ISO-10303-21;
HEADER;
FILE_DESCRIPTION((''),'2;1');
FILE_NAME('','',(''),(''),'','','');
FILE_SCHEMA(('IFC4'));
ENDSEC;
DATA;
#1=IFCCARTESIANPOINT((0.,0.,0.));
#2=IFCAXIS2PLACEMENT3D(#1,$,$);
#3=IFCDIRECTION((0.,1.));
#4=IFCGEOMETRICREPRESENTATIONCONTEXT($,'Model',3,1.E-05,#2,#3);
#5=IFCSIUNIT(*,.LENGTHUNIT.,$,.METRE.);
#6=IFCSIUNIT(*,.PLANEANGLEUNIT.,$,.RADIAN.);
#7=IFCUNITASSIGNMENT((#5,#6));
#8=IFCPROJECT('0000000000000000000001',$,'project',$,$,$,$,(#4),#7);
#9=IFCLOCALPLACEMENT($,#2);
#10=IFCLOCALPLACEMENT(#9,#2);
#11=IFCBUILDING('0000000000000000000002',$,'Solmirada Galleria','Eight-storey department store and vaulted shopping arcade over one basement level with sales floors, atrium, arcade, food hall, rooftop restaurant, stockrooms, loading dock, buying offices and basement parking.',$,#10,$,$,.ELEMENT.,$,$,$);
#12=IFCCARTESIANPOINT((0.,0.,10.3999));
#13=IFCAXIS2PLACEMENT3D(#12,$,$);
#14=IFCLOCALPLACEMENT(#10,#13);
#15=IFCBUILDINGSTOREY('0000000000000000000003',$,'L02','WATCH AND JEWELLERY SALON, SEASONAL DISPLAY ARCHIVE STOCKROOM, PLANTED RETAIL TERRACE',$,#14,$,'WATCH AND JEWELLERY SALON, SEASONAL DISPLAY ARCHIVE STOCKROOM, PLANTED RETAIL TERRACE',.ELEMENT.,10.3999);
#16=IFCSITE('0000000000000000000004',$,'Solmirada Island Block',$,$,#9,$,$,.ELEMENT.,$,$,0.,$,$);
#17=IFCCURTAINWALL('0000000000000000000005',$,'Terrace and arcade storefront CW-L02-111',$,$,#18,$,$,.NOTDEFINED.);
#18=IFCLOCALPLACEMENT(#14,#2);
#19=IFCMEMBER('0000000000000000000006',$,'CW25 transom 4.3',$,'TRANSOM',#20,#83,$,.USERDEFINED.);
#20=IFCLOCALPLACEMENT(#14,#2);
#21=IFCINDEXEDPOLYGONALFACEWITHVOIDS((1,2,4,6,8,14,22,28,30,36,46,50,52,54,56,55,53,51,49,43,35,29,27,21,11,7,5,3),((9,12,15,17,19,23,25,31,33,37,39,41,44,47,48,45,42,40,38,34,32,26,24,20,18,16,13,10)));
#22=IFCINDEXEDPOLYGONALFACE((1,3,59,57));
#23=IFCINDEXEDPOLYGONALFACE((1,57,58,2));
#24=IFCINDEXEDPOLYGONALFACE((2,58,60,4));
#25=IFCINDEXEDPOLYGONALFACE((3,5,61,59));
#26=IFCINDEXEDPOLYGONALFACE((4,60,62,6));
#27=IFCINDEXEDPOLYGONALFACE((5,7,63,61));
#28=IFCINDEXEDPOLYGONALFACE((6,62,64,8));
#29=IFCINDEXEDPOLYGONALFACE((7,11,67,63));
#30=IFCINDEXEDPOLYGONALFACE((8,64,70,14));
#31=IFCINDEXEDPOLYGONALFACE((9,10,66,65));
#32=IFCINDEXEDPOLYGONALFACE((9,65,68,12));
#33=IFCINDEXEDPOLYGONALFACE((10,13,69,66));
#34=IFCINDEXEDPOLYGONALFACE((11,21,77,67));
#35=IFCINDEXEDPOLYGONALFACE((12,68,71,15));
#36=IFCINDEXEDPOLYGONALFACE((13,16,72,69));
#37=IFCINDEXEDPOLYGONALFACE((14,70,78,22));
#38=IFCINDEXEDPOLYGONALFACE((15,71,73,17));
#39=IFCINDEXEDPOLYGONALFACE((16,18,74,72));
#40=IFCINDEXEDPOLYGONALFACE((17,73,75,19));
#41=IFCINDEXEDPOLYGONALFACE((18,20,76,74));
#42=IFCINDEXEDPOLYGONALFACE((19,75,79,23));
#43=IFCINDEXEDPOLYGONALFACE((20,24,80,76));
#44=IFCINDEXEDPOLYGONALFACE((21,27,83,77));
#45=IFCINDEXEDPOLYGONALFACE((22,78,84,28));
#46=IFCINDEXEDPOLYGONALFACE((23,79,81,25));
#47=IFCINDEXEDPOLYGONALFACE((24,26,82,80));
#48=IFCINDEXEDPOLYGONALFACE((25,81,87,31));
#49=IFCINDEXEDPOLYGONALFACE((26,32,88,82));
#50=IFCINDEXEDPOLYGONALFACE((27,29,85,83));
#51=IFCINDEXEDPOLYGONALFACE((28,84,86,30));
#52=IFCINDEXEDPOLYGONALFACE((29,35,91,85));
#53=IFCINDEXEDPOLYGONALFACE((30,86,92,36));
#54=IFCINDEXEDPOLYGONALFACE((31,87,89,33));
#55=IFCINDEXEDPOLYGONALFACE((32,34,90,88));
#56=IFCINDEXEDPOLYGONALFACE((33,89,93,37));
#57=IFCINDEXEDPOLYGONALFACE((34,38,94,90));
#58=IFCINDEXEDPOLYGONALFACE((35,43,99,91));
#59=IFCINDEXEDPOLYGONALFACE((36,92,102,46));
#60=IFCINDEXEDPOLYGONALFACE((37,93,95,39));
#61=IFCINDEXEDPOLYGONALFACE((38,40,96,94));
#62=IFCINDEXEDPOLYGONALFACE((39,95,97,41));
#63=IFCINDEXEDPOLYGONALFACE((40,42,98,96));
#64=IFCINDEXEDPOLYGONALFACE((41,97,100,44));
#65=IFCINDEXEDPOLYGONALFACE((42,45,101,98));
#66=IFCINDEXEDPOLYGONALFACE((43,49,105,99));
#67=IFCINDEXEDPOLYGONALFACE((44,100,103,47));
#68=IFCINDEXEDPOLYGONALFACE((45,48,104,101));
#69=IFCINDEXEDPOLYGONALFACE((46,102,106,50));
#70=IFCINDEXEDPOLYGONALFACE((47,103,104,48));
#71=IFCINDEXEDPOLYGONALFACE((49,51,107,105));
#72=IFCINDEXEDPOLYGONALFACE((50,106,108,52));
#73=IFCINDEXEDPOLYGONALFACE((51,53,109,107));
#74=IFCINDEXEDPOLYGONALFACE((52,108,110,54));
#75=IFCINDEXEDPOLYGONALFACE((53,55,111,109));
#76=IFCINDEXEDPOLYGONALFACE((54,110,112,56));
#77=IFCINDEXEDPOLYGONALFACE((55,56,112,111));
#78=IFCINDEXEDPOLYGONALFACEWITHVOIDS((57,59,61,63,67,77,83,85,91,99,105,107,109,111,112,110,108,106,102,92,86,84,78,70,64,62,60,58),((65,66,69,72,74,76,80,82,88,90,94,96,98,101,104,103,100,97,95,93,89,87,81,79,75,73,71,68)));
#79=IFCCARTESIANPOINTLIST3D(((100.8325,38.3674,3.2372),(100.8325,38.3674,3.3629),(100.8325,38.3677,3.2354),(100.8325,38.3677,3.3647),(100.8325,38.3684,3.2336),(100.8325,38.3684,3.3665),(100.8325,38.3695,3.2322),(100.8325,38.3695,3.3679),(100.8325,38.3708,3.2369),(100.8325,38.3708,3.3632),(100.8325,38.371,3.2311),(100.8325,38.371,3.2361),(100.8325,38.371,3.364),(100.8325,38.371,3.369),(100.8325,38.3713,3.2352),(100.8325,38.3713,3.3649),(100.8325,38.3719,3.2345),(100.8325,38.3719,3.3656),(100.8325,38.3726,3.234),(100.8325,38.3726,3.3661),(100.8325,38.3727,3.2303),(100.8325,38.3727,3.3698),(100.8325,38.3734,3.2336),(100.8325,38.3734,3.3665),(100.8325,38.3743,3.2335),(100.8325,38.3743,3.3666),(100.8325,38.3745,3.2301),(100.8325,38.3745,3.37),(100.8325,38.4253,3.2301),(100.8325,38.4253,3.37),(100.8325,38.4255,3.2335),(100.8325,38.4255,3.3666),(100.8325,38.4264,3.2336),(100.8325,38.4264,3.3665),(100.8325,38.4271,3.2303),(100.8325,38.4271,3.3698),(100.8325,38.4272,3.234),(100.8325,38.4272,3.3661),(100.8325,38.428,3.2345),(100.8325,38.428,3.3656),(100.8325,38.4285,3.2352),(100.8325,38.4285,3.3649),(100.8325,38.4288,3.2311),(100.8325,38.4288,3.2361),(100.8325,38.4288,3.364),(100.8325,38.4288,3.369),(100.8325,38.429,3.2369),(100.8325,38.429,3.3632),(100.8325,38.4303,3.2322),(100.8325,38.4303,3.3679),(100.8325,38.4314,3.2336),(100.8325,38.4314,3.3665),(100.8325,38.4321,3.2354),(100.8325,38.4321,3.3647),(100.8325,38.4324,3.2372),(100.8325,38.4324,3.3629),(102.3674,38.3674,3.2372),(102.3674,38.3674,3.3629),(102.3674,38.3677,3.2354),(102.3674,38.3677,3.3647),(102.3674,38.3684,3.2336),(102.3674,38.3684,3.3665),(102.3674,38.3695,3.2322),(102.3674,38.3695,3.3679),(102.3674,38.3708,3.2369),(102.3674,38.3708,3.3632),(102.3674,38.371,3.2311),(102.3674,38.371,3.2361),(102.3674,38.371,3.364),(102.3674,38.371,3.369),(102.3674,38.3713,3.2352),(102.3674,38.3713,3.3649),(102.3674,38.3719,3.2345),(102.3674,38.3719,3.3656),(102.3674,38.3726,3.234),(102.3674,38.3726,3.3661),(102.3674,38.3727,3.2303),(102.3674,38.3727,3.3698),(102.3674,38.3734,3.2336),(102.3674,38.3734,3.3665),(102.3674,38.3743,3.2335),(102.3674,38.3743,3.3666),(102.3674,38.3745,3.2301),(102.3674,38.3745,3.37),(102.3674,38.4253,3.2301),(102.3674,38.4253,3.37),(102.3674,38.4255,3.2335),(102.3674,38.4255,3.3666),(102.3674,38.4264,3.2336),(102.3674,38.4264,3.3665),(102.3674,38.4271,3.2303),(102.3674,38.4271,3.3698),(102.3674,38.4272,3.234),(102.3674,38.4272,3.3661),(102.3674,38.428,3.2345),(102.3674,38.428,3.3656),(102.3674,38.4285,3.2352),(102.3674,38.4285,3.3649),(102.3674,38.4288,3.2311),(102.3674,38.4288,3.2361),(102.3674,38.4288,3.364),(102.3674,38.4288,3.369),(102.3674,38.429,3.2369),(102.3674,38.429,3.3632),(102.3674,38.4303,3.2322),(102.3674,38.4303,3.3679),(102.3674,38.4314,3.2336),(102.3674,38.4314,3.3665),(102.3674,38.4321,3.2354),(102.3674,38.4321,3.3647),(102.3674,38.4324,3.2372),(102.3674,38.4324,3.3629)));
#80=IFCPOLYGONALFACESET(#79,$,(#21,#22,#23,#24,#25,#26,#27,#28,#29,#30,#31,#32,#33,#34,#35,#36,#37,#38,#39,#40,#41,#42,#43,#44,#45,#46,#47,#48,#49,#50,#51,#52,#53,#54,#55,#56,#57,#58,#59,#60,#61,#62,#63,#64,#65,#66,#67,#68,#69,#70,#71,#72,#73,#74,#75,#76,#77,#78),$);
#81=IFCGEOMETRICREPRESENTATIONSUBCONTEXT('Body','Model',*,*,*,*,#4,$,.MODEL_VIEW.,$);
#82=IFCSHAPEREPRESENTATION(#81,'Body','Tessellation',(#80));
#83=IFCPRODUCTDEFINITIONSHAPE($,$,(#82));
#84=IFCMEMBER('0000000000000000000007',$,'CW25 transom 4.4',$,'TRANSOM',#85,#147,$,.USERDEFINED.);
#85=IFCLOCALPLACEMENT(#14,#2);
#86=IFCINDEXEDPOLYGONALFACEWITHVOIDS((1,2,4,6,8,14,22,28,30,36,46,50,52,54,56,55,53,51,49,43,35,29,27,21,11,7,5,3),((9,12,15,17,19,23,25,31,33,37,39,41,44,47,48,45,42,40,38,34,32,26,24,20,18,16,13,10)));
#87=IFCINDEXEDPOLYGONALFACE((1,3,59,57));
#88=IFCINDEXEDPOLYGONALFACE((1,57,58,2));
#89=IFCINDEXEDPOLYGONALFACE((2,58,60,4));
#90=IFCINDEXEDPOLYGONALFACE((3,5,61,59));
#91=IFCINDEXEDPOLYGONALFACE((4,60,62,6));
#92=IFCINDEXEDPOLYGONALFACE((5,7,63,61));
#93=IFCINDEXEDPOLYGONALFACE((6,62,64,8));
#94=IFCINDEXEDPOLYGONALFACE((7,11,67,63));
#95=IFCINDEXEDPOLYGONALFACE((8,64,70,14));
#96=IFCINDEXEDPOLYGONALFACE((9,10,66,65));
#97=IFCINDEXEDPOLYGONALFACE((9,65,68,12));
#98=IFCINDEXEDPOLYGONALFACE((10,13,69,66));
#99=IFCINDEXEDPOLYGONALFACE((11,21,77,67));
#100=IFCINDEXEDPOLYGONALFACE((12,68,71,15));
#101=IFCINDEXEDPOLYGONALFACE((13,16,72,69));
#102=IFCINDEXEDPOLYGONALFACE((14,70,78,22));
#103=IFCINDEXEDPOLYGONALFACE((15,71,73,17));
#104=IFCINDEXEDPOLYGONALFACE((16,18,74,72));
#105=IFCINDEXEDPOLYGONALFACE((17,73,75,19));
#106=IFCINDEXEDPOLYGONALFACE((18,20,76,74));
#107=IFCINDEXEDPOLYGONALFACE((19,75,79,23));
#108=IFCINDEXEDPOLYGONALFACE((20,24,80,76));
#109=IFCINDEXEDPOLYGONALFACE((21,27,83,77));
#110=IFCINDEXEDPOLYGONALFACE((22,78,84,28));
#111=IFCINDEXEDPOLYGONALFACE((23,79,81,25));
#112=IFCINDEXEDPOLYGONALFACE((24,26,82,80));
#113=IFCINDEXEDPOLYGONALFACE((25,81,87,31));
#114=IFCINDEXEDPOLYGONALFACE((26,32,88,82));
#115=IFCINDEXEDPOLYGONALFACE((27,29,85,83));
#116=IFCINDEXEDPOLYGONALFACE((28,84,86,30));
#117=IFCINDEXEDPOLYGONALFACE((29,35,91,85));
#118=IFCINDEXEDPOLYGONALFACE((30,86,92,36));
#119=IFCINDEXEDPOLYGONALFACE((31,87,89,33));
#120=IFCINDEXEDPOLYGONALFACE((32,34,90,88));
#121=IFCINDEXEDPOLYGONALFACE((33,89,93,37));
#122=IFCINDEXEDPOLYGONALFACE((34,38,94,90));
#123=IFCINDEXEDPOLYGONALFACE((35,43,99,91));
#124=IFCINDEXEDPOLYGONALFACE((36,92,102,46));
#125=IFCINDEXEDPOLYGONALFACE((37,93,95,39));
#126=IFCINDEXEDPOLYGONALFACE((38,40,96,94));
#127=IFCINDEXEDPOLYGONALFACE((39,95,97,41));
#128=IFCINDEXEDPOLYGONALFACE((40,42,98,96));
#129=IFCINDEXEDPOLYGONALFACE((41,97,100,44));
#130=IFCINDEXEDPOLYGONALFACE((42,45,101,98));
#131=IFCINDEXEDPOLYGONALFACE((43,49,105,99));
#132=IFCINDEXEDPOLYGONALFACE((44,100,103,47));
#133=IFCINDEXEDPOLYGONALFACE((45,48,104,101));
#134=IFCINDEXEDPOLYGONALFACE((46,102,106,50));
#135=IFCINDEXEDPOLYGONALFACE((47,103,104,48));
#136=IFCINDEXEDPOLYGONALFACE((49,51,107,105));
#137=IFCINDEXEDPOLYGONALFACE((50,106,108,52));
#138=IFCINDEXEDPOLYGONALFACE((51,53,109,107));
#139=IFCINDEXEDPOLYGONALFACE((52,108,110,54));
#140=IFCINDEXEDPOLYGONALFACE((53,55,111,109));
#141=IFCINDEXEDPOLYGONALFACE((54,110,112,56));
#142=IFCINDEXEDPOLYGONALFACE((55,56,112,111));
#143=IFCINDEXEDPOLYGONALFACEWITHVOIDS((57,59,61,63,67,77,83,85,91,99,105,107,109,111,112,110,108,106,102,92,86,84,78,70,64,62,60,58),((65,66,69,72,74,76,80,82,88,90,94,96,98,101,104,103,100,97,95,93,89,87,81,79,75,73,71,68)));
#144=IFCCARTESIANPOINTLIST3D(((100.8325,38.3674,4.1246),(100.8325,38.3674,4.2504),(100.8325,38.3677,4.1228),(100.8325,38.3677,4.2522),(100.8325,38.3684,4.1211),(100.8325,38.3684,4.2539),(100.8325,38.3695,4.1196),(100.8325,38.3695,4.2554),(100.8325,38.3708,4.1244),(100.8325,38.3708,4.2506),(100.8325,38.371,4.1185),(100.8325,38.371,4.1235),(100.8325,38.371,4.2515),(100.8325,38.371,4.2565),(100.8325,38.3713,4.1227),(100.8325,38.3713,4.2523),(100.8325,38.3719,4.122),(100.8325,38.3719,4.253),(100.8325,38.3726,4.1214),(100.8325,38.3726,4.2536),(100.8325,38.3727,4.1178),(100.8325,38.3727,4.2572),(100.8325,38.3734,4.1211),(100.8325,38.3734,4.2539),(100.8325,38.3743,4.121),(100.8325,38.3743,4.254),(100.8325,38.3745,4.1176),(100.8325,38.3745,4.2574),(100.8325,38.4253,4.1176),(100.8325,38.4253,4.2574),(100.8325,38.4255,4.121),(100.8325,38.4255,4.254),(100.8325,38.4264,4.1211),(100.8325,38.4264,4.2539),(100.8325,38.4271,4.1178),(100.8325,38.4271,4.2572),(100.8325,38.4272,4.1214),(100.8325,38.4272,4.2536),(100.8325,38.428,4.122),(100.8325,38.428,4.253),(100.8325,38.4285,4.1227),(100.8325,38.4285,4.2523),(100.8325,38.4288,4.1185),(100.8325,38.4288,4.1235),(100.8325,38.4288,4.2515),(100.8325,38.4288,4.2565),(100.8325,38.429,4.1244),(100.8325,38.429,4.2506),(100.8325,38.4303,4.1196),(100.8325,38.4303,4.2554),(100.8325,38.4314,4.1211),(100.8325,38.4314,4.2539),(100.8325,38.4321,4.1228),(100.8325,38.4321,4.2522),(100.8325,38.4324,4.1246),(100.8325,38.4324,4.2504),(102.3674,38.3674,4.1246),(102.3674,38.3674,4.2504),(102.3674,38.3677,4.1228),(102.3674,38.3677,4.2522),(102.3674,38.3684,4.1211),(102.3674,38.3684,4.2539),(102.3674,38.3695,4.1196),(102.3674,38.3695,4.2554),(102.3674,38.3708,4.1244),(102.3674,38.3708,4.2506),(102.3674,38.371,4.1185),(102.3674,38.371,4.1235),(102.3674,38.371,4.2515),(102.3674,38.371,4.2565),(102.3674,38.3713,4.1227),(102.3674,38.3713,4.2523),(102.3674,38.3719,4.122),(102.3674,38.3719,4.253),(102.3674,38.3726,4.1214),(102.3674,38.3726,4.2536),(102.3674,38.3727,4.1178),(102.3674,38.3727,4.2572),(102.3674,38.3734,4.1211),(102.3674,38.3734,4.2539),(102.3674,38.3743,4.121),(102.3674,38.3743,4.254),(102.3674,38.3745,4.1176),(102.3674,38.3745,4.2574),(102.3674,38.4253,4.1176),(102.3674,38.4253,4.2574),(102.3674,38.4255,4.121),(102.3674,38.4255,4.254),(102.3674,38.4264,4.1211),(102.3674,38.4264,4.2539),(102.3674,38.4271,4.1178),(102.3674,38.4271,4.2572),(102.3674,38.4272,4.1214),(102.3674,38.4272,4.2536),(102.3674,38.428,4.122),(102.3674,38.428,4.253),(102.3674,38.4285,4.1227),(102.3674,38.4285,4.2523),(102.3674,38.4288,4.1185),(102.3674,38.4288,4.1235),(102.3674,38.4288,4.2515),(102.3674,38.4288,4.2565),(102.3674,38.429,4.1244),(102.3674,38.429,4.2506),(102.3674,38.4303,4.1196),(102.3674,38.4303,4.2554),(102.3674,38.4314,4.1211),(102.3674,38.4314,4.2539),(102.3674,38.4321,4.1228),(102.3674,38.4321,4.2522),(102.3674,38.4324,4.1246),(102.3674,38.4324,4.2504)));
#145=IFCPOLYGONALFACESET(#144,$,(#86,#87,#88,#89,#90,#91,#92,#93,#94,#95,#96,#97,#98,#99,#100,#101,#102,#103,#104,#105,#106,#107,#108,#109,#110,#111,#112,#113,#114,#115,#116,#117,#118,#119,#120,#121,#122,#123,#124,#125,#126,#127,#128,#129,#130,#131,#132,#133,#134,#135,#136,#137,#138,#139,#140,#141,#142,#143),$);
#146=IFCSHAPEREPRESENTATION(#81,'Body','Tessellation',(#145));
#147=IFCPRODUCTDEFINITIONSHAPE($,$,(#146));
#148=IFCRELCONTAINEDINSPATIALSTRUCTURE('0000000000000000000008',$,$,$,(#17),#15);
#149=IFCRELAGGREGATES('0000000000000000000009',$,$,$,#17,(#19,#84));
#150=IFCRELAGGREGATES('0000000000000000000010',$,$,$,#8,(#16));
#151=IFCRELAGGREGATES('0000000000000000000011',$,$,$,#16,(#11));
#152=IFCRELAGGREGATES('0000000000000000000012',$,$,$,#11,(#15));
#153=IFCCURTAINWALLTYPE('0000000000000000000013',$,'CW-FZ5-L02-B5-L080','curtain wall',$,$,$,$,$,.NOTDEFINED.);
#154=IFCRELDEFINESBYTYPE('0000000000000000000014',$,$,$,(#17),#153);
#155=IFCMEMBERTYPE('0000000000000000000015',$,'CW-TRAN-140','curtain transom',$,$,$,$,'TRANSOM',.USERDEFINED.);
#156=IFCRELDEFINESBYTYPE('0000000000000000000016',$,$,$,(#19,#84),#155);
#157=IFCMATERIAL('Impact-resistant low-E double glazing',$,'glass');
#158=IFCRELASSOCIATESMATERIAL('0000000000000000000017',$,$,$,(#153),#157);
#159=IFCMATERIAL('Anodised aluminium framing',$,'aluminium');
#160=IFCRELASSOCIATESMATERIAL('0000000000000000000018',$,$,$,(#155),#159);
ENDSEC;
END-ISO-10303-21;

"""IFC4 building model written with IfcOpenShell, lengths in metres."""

from ifc_helpers import new_model, si_unit, direction, frame, origin, origin_2d, place, context, subcontext, project, spatial, hollow_rectangle, extrude, material, material_profile, profile_set, type_object, element, aggregate, save


model = new_model("IFC4")

# Units and contexts
model_context = context("Model", 3, precision=1e-05, world=origin(), true_north=direction((0.0, 1.0)))
body_context = subcontext(model_context, "Body", "Model", "MODEL_VIEW")
ifc_project = project(units=[si_unit("LENGTHUNIT", "METRE"), si_unit("PLANEANGLEUNIT", "RADIAN")], contexts=[model_context])

# Site, building, storey
site_placement = place(None, origin())
site = spatial("IfcSite", under=ifc_project, at=site_placement, Name="Solmirada Island Block", CompositionType="ELEMENT", RefElevation=0.0)
building_placement = place(site_placement, origin())
building = spatial("IfcBuilding", under=site, at=building_placement, Name="Solmirada Galleria", Description="Eight-storey department store and vaulted shopping arcade over one basement level with sales floors, atrium, arcade, food hall, rooftop restaurant, stockrooms, loading dock, buying offices and basement parking.", CompositionType="ELEMENT")
storey_placement = place(building_placement, frame((0.0, 0.0, 10.3999)))
storey = spatial("IfcBuildingStorey", under=building, at=storey_placement, Name="L02", Description="WATCH AND JEWELLERY SALON, SEASONAL DISPLAY ARCHIVE STOCKROOM, PLANTED RETAIL TERRACE", LongName="WATCH AND JEWELLERY SALON, SEASONAL DISPLAY ARCHIVE STOCKROOM, PLANTED RETAIL TERRACE", CompositionType="ELEMENT", Elevation=10.3999)

# Curtain wall
ifc_material_1 = material(Name="Impact-resistant low-E double glazing", Category="glass")
curtain_wall_type = type_object("IfcCurtainWallType", Name="CW-FZ5-L02-B5-L080", Description="curtain wall", PredefinedType="NOTDEFINED", material=ifc_material_1)
curtain_wall_1_placement = place(storey_placement, origin())
curtain_wall_1 = element("IfcCurtainWall", 1, at=curtain_wall_1_placement, inside=storey, type_object=curtain_wall_type, Name="Terrace and arcade storefront CW-L02-111", PredefinedType="NOTDEFINED")
ifc_material_2 = material(Name="Anodised aluminium framing", Category="aluminium")

# Members
ifc_material_profile_1 = material_profile(ifc_material_2, hollow_rectangle(XDim=0.0649, YDim=0.1399, WallThickness=0.0034, InnerFilletRadius=0.0034, OuterFilletRadius=0.0071, at=origin_2d()), Name="ALU-TRAN-140X65")
ifc_profile_set_1 = profile_set([ifc_material_profile_1], Name="Anodised aluminium framing")
member_type_1 = type_object("IfcMemberType", Name="CW-TRAN-140", Description="curtain transom", ElementType="TRANSOM", PredefinedType="USERDEFINED", material=ifc_profile_set_1)
member_1_placement = place(storey_placement, frame((100.8325, 38.3999, 3.3), z_axis=(1.0, 0.0, 0.0), x_axis=(0.0, 1.0, 0.0)))
member_1 = element("IfcMember", 2, at=member_1_placement, type_object=member_type_1, Name="CW25 transom 4.3", ObjectType="TRANSOM", PredefinedType="USERDEFINED", context=body_context, shape_type="SweptSolid", body=[
    extrude(hollow_rectangle(XDim=0.0649, YDim=0.1399, WallThickness=0.0034, InnerFilletRadius=0.0034, OuterFilletRadius=0.0071, at=origin_2d()), origin(), (0.0, 0.0, 1.0), 1.5349),
])
member_2_placement = place(storey_placement, frame((100.8325, 38.3999, 4.1875), z_axis=(1.0, 0.0, 0.0), x_axis=(0.0, 1.0, 0.0)))
member_2 = element("IfcMember", 3, at=member_2_placement, type_object=member_type_1, Name="CW25 transom 4.4", ObjectType="TRANSOM", PredefinedType="USERDEFINED", context=body_context, shape_type="SweptSolid", body=[
    extrude(hollow_rectangle(XDim=0.0649, YDim=0.1399, WallThickness=0.0034, InnerFilletRadius=0.0034, OuterFilletRadius=0.0071, at=origin_2d()), origin(), (0.0, 0.0, 1.0), 1.5349),
])

aggregate(curtain_wall_1, [member_1, member_2])

save(model, "model.ifc")
